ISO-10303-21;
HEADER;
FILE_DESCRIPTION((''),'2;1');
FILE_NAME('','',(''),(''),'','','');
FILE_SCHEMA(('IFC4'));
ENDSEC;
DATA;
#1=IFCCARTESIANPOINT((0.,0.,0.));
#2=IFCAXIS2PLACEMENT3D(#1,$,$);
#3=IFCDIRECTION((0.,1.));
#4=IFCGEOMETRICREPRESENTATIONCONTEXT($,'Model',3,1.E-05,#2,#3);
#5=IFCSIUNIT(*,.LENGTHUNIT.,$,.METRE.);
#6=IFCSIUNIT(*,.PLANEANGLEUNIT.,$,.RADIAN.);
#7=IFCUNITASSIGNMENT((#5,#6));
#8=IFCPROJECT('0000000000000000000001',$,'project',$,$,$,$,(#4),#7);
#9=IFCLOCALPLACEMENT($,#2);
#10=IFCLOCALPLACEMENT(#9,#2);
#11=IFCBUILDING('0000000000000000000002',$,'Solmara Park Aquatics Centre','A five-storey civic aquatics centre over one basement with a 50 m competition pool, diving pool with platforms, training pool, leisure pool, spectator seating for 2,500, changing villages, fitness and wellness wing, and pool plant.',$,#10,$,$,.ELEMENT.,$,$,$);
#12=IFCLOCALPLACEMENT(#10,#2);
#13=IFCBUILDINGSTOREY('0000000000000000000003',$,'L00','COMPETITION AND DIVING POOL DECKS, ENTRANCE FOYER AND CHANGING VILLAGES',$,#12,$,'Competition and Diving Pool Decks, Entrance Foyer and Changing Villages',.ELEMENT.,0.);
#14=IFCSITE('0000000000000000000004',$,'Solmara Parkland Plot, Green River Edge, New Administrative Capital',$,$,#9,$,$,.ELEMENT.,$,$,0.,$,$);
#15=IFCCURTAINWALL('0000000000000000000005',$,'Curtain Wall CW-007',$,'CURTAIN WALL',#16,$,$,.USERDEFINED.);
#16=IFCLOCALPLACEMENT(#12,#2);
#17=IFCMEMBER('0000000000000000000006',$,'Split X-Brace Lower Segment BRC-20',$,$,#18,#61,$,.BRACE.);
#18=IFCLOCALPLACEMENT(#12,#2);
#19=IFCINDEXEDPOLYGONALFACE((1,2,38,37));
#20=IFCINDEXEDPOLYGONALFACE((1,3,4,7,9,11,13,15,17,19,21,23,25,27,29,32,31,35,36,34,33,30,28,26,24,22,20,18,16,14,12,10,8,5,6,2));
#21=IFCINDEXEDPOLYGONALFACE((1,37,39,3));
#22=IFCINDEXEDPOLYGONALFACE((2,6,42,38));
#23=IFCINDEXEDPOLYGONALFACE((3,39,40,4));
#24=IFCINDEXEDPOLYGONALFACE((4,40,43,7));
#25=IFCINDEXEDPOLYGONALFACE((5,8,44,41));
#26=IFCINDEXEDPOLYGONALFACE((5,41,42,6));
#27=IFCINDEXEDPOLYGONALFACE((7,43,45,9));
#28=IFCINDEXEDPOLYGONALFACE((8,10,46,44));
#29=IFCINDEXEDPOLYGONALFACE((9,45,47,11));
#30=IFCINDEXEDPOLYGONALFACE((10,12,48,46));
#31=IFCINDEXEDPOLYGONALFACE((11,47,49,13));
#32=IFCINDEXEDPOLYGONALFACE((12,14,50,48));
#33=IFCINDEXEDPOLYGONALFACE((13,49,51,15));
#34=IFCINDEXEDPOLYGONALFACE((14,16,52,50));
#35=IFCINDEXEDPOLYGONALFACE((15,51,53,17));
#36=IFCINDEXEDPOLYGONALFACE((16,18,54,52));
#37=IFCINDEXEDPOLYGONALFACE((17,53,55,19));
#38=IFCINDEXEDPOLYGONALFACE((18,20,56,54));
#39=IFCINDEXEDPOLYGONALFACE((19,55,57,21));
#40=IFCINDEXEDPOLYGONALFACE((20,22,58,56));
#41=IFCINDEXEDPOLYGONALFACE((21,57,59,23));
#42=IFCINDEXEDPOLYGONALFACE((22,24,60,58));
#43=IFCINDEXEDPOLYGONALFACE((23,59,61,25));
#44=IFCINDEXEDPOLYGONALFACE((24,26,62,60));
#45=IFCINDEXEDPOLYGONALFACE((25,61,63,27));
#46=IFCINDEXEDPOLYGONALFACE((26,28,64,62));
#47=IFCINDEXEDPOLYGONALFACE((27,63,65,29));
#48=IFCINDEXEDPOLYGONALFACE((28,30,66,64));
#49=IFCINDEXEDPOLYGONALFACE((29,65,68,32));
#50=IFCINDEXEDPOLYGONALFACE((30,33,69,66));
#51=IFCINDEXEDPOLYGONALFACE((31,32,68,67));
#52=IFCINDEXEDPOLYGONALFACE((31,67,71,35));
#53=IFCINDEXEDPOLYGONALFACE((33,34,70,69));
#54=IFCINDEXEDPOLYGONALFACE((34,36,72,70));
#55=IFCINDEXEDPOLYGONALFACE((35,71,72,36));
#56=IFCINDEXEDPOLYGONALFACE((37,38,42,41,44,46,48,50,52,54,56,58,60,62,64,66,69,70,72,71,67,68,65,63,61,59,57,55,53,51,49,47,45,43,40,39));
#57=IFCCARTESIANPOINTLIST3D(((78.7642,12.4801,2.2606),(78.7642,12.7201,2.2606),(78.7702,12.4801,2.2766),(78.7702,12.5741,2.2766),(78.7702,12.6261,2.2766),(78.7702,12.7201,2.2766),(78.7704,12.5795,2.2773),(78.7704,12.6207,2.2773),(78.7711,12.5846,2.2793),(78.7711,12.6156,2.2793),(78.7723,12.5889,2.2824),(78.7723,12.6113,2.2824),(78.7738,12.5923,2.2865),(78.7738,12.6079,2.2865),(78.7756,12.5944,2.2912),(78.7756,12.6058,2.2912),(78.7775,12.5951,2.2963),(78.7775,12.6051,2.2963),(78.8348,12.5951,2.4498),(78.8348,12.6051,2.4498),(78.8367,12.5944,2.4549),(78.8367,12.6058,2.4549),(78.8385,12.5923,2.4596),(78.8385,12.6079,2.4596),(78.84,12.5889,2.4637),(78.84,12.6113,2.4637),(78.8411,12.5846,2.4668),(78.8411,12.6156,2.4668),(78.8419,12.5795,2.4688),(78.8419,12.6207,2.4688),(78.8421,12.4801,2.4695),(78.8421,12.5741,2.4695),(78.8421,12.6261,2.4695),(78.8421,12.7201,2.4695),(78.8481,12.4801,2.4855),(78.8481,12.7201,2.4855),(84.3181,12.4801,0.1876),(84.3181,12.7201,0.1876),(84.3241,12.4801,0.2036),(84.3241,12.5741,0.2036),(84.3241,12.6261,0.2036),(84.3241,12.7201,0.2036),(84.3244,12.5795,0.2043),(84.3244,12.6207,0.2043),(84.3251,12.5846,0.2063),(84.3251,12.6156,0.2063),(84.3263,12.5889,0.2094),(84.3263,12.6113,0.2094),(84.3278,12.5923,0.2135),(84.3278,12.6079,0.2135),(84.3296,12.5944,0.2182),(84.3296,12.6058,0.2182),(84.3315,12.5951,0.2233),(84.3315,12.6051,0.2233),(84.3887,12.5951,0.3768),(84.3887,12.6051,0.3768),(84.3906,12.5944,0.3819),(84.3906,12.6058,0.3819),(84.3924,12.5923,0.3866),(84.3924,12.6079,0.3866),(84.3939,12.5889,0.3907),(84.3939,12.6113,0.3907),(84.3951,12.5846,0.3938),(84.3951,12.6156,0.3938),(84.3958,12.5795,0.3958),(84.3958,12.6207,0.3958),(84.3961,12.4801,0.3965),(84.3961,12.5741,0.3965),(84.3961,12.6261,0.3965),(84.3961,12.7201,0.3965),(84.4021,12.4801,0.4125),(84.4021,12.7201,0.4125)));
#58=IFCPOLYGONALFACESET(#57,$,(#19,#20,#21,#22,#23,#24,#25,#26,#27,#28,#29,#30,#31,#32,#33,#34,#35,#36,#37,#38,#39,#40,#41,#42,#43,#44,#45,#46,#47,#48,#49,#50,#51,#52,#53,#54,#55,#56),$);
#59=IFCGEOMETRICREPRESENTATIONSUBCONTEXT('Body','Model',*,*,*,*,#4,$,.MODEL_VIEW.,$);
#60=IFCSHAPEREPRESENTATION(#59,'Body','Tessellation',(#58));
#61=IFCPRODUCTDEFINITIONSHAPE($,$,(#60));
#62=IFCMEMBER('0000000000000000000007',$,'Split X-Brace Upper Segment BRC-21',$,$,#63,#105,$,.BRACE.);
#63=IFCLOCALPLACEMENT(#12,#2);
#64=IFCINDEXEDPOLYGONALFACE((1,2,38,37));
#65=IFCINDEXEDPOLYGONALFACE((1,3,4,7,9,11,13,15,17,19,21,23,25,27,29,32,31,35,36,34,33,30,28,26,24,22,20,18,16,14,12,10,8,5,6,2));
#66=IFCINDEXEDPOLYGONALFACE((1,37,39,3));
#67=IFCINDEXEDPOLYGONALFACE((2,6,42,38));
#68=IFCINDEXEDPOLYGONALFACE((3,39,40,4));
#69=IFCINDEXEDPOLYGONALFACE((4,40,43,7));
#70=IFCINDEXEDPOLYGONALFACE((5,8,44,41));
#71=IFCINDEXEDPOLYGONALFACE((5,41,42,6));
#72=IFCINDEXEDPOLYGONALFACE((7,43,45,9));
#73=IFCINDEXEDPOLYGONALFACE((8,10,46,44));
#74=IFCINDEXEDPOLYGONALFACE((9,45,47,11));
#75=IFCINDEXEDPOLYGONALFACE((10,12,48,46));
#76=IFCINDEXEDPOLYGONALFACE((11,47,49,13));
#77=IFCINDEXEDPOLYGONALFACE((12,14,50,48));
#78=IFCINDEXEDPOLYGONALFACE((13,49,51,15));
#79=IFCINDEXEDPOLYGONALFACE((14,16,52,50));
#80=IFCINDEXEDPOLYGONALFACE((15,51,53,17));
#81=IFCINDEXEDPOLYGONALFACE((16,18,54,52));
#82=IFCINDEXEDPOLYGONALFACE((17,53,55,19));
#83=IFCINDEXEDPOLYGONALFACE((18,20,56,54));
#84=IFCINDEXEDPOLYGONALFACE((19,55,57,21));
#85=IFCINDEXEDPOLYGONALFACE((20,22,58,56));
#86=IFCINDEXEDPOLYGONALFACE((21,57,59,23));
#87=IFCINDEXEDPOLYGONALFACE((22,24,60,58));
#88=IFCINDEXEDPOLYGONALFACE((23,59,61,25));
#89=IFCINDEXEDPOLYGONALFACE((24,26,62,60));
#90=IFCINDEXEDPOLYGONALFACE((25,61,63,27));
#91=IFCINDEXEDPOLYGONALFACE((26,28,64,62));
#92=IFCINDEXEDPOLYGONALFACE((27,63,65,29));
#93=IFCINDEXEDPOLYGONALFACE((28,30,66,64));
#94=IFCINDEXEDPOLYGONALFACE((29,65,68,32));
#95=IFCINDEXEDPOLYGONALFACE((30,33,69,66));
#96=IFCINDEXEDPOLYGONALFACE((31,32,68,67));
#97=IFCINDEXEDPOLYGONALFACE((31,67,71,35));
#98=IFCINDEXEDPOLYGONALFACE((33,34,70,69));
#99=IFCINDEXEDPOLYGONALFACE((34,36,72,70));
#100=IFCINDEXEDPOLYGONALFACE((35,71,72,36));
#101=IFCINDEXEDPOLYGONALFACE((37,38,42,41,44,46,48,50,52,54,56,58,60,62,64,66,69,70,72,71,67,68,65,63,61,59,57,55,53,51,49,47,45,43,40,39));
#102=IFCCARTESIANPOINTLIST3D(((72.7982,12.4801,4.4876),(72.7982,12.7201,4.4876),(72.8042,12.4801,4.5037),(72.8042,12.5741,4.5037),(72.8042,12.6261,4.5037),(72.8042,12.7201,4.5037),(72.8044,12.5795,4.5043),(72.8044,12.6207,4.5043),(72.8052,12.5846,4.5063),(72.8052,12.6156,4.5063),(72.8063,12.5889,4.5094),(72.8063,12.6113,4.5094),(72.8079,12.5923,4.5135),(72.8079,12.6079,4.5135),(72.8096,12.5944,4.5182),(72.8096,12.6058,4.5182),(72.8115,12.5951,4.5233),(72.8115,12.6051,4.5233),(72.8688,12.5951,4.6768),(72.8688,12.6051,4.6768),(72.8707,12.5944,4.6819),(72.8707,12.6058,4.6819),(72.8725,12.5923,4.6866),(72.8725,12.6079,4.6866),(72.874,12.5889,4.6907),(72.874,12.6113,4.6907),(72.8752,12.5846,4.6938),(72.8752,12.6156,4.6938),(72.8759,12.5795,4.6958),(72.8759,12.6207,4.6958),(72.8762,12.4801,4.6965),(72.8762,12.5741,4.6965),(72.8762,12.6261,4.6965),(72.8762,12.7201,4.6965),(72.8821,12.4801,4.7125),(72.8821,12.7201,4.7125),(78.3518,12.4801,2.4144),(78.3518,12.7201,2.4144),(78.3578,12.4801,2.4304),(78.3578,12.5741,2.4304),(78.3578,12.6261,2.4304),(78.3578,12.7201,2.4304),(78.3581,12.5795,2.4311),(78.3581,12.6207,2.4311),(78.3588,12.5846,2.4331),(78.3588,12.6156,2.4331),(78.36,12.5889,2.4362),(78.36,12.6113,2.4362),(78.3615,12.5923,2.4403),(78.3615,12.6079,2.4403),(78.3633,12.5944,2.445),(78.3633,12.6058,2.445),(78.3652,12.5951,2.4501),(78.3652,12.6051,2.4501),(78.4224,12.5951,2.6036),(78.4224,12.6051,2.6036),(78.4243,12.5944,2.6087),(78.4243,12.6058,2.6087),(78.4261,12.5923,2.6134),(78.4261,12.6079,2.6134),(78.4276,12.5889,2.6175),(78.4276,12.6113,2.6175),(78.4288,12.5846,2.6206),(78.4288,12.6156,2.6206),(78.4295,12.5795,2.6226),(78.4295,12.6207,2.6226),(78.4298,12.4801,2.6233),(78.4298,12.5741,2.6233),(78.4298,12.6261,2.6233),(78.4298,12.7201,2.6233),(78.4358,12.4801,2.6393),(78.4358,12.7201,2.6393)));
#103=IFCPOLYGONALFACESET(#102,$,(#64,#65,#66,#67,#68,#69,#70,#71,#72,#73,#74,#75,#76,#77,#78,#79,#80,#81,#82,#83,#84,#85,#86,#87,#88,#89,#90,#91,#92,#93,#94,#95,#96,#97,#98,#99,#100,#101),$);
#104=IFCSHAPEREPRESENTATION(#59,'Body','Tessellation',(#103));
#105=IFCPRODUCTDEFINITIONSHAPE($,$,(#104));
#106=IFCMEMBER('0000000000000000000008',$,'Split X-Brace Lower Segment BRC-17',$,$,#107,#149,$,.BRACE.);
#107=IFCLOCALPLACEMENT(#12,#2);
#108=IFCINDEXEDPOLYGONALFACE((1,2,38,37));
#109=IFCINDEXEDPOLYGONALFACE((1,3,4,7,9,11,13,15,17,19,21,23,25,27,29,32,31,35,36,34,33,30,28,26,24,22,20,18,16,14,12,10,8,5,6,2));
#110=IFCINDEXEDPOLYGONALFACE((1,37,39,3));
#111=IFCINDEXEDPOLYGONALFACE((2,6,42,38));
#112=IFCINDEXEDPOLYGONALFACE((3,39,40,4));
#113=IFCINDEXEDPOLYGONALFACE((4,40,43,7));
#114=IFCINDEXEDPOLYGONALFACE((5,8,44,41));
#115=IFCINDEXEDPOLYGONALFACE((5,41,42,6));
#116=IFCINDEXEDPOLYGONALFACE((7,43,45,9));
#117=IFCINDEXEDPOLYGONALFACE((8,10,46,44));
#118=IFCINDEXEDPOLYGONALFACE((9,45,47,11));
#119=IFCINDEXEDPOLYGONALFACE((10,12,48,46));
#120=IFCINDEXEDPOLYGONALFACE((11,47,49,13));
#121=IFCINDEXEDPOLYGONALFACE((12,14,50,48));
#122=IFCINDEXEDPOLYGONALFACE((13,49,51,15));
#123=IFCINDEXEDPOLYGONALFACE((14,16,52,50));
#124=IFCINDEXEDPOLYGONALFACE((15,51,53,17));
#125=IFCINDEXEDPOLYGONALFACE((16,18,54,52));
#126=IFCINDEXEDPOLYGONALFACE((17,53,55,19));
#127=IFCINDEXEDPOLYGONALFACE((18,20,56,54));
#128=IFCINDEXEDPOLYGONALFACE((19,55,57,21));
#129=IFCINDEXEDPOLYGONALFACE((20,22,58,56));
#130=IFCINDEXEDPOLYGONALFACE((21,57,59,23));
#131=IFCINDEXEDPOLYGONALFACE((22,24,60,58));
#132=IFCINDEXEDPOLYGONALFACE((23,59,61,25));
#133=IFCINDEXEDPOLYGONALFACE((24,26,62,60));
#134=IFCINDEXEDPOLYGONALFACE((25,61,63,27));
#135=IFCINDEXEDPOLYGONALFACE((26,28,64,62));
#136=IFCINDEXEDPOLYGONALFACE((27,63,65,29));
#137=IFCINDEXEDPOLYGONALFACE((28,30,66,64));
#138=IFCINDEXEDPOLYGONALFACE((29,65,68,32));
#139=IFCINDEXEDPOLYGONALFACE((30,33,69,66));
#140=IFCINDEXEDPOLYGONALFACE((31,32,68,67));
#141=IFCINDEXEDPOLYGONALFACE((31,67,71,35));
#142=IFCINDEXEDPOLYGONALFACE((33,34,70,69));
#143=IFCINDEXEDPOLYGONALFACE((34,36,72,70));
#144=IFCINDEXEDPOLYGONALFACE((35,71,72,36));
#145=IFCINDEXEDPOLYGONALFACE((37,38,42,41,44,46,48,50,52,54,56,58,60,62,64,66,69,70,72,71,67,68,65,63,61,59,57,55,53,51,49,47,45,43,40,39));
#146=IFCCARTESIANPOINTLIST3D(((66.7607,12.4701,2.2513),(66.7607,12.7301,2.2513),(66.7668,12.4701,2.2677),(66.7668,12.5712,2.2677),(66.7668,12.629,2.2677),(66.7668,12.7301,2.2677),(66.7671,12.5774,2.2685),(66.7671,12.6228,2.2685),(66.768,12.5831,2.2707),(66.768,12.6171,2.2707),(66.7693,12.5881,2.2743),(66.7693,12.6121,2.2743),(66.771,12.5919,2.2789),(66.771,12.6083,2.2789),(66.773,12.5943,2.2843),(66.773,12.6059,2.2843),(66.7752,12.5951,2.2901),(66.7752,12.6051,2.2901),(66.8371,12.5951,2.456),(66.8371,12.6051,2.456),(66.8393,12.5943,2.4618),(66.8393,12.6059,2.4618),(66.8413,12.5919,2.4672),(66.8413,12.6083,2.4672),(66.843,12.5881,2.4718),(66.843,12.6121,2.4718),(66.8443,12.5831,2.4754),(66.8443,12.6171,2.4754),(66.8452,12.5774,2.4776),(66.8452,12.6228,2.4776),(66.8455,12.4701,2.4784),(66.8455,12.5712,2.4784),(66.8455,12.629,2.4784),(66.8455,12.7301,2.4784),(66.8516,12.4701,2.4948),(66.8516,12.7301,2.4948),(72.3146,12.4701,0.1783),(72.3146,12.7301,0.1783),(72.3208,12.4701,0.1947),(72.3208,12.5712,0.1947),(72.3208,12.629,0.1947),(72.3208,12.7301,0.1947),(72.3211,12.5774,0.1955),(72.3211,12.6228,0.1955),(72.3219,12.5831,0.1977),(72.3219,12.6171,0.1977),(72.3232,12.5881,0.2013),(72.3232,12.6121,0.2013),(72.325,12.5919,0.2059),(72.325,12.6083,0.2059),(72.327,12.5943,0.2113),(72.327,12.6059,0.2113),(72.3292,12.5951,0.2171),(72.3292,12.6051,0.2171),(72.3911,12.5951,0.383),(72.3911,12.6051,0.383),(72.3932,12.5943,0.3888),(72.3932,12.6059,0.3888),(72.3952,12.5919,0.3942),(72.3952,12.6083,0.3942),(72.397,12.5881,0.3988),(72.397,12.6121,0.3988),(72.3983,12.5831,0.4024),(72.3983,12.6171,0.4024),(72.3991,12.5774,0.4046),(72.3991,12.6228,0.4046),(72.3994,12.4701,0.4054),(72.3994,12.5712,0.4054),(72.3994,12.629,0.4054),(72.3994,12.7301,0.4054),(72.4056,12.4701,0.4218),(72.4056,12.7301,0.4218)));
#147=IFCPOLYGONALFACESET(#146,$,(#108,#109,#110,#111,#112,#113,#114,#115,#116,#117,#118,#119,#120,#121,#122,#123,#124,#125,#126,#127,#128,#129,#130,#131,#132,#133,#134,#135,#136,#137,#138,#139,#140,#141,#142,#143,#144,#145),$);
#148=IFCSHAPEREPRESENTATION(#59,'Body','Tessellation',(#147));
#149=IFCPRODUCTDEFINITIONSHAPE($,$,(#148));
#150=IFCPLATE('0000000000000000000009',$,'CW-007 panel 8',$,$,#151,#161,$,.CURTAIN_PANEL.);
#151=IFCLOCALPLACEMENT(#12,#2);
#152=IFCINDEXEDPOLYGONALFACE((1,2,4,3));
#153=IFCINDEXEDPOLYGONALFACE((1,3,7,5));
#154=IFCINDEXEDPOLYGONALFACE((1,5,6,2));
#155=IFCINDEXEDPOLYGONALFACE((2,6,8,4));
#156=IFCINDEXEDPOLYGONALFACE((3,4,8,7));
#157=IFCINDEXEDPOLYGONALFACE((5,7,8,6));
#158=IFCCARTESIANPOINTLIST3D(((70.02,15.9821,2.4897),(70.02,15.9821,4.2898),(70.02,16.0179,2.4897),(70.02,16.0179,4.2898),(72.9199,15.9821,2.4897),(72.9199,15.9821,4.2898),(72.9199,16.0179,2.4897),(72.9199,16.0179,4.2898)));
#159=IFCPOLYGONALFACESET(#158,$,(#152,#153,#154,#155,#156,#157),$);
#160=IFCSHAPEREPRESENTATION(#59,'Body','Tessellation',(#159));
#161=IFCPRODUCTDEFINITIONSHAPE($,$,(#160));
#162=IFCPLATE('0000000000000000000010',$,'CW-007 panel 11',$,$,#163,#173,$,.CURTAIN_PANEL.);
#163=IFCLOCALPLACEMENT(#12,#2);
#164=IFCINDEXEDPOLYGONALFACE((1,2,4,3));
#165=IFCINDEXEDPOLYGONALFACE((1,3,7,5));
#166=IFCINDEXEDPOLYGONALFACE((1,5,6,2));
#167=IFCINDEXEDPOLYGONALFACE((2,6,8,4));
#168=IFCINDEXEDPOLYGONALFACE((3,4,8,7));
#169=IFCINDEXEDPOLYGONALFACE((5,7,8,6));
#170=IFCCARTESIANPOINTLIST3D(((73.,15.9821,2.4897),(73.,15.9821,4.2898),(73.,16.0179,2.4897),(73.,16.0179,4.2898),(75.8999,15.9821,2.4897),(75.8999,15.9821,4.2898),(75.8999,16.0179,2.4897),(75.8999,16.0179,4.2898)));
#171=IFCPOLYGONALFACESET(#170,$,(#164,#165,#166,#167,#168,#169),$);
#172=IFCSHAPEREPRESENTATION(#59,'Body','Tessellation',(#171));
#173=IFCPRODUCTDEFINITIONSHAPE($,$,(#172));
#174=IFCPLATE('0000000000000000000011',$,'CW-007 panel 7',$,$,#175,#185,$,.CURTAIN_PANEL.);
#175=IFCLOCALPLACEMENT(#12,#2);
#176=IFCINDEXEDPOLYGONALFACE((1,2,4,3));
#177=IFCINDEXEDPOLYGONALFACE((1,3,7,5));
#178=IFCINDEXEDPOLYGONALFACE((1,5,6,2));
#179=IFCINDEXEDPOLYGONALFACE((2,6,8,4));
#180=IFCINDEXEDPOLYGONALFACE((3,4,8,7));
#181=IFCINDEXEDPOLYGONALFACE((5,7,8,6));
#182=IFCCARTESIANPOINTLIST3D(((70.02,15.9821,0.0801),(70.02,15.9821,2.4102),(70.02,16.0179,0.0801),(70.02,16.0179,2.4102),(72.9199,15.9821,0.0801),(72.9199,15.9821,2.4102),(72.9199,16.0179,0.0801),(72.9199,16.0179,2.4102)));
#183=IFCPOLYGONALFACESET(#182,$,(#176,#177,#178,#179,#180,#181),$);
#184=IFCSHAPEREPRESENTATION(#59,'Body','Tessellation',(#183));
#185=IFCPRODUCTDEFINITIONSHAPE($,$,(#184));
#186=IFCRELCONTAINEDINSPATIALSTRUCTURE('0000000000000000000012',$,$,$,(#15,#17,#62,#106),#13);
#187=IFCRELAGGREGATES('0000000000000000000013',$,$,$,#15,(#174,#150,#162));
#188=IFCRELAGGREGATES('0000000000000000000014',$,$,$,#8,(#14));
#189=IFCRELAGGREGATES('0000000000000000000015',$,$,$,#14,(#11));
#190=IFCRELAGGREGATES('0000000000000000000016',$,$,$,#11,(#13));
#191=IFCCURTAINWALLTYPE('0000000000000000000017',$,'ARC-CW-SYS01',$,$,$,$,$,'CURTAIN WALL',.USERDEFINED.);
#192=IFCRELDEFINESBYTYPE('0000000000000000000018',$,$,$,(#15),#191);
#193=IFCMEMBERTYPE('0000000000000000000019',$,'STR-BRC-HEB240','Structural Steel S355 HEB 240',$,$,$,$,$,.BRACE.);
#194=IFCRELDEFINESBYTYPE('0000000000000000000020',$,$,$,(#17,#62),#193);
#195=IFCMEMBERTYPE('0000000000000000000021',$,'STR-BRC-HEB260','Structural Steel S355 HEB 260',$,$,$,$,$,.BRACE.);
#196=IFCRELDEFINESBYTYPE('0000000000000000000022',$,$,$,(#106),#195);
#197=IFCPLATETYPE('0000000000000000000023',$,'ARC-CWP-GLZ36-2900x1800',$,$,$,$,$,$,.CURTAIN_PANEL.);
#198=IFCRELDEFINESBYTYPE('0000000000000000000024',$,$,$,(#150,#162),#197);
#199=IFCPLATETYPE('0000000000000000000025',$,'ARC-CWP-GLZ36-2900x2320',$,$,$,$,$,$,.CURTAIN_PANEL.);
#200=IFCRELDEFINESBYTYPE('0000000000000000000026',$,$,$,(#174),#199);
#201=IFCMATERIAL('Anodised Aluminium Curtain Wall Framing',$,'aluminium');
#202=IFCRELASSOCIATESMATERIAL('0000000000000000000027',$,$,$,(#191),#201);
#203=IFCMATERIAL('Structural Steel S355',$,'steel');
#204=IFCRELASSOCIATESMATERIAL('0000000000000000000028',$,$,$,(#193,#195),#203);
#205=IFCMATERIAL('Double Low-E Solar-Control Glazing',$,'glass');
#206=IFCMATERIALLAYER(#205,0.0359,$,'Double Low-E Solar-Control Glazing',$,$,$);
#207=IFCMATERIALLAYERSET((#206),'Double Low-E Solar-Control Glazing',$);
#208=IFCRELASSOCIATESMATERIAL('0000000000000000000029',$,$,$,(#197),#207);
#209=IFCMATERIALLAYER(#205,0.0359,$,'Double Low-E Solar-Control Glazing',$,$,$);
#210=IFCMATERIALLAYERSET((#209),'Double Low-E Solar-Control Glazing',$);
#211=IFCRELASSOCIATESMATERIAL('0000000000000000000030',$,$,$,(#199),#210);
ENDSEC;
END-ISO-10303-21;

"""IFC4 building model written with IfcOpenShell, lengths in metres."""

from ifc_helpers import new_model, si_unit, direction, frame, origin, origin_2d, place, context, subcontext, project, spatial, rectangle, i_section, extrude, material, layer, layer_set, material_profile, profile_set, type_object, element, aggregate, save


model = new_model("IFC4")

# Units and contexts
model_context = context("Model", 3, precision=1e-05, world=origin(), true_north=direction((0.0, 1.0)))
body_context = subcontext(model_context, "Body", "Model", "MODEL_VIEW")
ifc_project = project(units=[si_unit("LENGTHUNIT", "METRE"), si_unit("PLANEANGLEUNIT", "RADIAN")], contexts=[model_context])

# Site, building, storey
site_placement = place(None, origin())
site = spatial("IfcSite", under=ifc_project, at=site_placement, Name="Solmara Parkland Plot, Green River Edge, New Administrative Capital", CompositionType="ELEMENT", RefElevation=0.0)
building_placement = place(site_placement, origin())
building = spatial("IfcBuilding", under=site, at=building_placement, Name="Solmara Park Aquatics Centre", Description="A five-storey civic aquatics centre over one basement with a 50 m competition pool, diving pool with platforms, training pool, leisure pool, spectator seating for 2,500, changing villages, fitness and wellness wing, and pool plant.", CompositionType="ELEMENT")
storey_placement = place(building_placement, origin())
storey = spatial("IfcBuildingStorey", under=building, at=storey_placement, Name="L00", Description="COMPETITION AND DIVING POOL DECKS, ENTRANCE FOYER AND CHANGING VILLAGES", LongName="Competition and Diving Pool Decks, Entrance Foyer and Changing Villages", CompositionType="ELEMENT", Elevation=0.0)

# Shared definitions
ifc_material_1 = material(Name="Structural Steel S355", Category="steel")

# Curtain wall
ifc_material_2 = material(Name="Anodised Aluminium Curtain Wall Framing", Category="aluminium")
curtain_wall_type = type_object("IfcCurtainWallType", Name="ARC-CW-SYS01", ElementType="CURTAIN WALL", PredefinedType="USERDEFINED", material=ifc_material_2)
curtain_wall_1_placement = place(storey_placement, origin())
curtain_wall_1 = element("IfcCurtainWall", 1, at=curtain_wall_1_placement, inside=storey, type_object=curtain_wall_type, Name="Curtain Wall CW-007", ObjectType="CURTAIN WALL", PredefinedType="USERDEFINED")

# Members
ifc_material_profile_1 = material_profile(ifc_material_1, i_section(OverallWidth=0.24, OverallDepth=0.24, WebThickness=0.01, FlangeThickness=0.0171, FilletRadius=0.021, at=origin_2d()), Name="HEB 240")
ifc_profile_set_1 = profile_set([ifc_material_profile_1], Name="Structural Steel S355")
member_type_1 = type_object("IfcMemberType", Name="STR-BRC-HEB240", Description="Structural Steel S355 HEB 240", PredefinedType="BRACE", material=ifc_profile_set_1)
member_1_placement = place(storey_placement, frame((84.3601, 12.6001, 0.3), z_axis=(-0.936868, 0.0, 0.349683), x_axis=(0.0, -1.0, 0.0)))
element("IfcMember", 2, at=member_1_placement, inside=storey, type_object=member_type_1, Name="Split X-Brace Lower Segment BRC-20", PredefinedType="BRACE", context=body_context, shape_type="SweptSolid", body=[
    extrude(i_section(OverallWidth=0.24, OverallDepth=0.24, WebThickness=0.01, FlangeThickness=0.0171, FilletRadius=0.021, at=origin_2d()), origin(), (0.0, 0.0, 1.0), 5.9282),
])
member_2_placement = place(storey_placement, frame((78.3938, 12.6001, 2.5269), z_axis=(-0.936849, 0.0, 0.349733), x_axis=(0.0, -1.0, 0.0)))
element("IfcMember", 3, at=member_2_placement, inside=storey, type_object=member_type_1, Name="Split X-Brace Upper Segment BRC-21", PredefinedType="BRACE", context=body_context, shape_type="SweptSolid", body=[
    extrude(i_section(OverallWidth=0.24, OverallDepth=0.24, WebThickness=0.01, FlangeThickness=0.0171, FilletRadius=0.021, at=origin_2d()), origin(), (0.0, 0.0, 1.0), 5.928),
])
ifc_material_profile_2 = material_profile(ifc_material_1, i_section(OverallWidth=0.26, OverallDepth=0.26, WebThickness=0.01, FlangeThickness=0.0176, FilletRadius=0.0239, at=origin_2d()), Name="HEB 260")
ifc_profile_set_2 = profile_set([ifc_material_profile_2], Name="Structural Steel S355")
member_type_2 = type_object("IfcMemberType", Name="STR-BRC-HEB260", Description="Structural Steel S355 HEB 260", PredefinedType="BRACE", material=ifc_profile_set_2)
member_3_placement = place(storey_placement, frame((72.3601, 12.6001, 0.3), z_axis=(-0.936868, 0.0, 0.349683), x_axis=(0.0, -1.0, 0.0)))
element("IfcMember", 4, at=member_3_placement, inside=storey, type_object=member_type_2, Name="Split X-Brace Lower Segment BRC-17", PredefinedType="BRACE", context=body_context, shape_type="SweptSolid", body=[
    extrude(i_section(OverallWidth=0.26, OverallDepth=0.26, WebThickness=0.01, FlangeThickness=0.0176, FilletRadius=0.0239, at=origin_2d()), origin(), (0.0, 0.0, 1.0), 5.9282),
])

# Plates
ifc_material_3 = material(Name="Double Low-E Solar-Control Glazing", Category="glass")
ifc_layer_1 = layer(ifc_material_3, 0.0359, Name="Double Low-E Solar-Control Glazing")
ifc_layer_set_1 = layer_set([ifc_layer_1], Name="Double Low-E Solar-Control Glazing")
plate_type_1 = type_object("IfcPlateType", Name="ARC-CWP-GLZ36-2900x1800", PredefinedType="CURTAIN_PANEL", material=ifc_layer_set_1)
plate_1_placement = place(storey_placement, frame((71.47, 16.0, 2.4897), z_axis=(0.0, 0.0, 1.0), x_axis=(1.0, 0.0, 0.0)))
plate_1 = element("IfcPlate", 5, at=plate_1_placement, type_object=plate_type_1, Name="CW-007 panel 8", PredefinedType="CURTAIN_PANEL", context=body_context, shape_type="SweptSolid", body=[
    extrude(rectangle(XDim=2.8999, YDim=0.0359, at=origin_2d()), origin(), (0.0, 0.0, 1.0), 1.8),
])
plate_2_placement = place(storey_placement, frame((74.45, 16.0, 2.4897), z_axis=(0.0, 0.0, 1.0), x_axis=(1.0, 0.0, 0.0)))
plate_2 = element("IfcPlate", 6, at=plate_2_placement, type_object=plate_type_1, Name="CW-007 panel 11", PredefinedType="CURTAIN_PANEL", context=body_context, shape_type="SweptSolid", body=[
    extrude(rectangle(XDim=2.8999, YDim=0.0359, at=origin_2d()), origin(), (0.0, 0.0, 1.0), 1.8),
])
ifc_layer_2 = layer(ifc_material_3, 0.0359, Name="Double Low-E Solar-Control Glazing")
ifc_layer_set_2 = layer_set([ifc_layer_2], Name="Double Low-E Solar-Control Glazing")
plate_type_2 = type_object("IfcPlateType", Name="ARC-CWP-GLZ36-2900x2320", PredefinedType="CURTAIN_PANEL", material=ifc_layer_set_2)
plate_3_placement = place(storey_placement, frame((71.47, 16.0, 0.0801), z_axis=(0.0, 0.0, 1.0), x_axis=(1.0, 0.0, 0.0)))
plate_3 = element("IfcPlate", 7, at=plate_3_placement, type_object=plate_type_2, Name="CW-007 panel 7", PredefinedType="CURTAIN_PANEL", context=body_context, shape_type="SweptSolid", body=[
    extrude(rectangle(XDim=2.8999, YDim=0.0359, at=origin_2d()), origin(), (0.0, 0.0, 1.0), 2.3301),
])
aggregate(curtain_wall_1, [plate_3, plate_1, plate_2])

save(model, "model.ifc")
